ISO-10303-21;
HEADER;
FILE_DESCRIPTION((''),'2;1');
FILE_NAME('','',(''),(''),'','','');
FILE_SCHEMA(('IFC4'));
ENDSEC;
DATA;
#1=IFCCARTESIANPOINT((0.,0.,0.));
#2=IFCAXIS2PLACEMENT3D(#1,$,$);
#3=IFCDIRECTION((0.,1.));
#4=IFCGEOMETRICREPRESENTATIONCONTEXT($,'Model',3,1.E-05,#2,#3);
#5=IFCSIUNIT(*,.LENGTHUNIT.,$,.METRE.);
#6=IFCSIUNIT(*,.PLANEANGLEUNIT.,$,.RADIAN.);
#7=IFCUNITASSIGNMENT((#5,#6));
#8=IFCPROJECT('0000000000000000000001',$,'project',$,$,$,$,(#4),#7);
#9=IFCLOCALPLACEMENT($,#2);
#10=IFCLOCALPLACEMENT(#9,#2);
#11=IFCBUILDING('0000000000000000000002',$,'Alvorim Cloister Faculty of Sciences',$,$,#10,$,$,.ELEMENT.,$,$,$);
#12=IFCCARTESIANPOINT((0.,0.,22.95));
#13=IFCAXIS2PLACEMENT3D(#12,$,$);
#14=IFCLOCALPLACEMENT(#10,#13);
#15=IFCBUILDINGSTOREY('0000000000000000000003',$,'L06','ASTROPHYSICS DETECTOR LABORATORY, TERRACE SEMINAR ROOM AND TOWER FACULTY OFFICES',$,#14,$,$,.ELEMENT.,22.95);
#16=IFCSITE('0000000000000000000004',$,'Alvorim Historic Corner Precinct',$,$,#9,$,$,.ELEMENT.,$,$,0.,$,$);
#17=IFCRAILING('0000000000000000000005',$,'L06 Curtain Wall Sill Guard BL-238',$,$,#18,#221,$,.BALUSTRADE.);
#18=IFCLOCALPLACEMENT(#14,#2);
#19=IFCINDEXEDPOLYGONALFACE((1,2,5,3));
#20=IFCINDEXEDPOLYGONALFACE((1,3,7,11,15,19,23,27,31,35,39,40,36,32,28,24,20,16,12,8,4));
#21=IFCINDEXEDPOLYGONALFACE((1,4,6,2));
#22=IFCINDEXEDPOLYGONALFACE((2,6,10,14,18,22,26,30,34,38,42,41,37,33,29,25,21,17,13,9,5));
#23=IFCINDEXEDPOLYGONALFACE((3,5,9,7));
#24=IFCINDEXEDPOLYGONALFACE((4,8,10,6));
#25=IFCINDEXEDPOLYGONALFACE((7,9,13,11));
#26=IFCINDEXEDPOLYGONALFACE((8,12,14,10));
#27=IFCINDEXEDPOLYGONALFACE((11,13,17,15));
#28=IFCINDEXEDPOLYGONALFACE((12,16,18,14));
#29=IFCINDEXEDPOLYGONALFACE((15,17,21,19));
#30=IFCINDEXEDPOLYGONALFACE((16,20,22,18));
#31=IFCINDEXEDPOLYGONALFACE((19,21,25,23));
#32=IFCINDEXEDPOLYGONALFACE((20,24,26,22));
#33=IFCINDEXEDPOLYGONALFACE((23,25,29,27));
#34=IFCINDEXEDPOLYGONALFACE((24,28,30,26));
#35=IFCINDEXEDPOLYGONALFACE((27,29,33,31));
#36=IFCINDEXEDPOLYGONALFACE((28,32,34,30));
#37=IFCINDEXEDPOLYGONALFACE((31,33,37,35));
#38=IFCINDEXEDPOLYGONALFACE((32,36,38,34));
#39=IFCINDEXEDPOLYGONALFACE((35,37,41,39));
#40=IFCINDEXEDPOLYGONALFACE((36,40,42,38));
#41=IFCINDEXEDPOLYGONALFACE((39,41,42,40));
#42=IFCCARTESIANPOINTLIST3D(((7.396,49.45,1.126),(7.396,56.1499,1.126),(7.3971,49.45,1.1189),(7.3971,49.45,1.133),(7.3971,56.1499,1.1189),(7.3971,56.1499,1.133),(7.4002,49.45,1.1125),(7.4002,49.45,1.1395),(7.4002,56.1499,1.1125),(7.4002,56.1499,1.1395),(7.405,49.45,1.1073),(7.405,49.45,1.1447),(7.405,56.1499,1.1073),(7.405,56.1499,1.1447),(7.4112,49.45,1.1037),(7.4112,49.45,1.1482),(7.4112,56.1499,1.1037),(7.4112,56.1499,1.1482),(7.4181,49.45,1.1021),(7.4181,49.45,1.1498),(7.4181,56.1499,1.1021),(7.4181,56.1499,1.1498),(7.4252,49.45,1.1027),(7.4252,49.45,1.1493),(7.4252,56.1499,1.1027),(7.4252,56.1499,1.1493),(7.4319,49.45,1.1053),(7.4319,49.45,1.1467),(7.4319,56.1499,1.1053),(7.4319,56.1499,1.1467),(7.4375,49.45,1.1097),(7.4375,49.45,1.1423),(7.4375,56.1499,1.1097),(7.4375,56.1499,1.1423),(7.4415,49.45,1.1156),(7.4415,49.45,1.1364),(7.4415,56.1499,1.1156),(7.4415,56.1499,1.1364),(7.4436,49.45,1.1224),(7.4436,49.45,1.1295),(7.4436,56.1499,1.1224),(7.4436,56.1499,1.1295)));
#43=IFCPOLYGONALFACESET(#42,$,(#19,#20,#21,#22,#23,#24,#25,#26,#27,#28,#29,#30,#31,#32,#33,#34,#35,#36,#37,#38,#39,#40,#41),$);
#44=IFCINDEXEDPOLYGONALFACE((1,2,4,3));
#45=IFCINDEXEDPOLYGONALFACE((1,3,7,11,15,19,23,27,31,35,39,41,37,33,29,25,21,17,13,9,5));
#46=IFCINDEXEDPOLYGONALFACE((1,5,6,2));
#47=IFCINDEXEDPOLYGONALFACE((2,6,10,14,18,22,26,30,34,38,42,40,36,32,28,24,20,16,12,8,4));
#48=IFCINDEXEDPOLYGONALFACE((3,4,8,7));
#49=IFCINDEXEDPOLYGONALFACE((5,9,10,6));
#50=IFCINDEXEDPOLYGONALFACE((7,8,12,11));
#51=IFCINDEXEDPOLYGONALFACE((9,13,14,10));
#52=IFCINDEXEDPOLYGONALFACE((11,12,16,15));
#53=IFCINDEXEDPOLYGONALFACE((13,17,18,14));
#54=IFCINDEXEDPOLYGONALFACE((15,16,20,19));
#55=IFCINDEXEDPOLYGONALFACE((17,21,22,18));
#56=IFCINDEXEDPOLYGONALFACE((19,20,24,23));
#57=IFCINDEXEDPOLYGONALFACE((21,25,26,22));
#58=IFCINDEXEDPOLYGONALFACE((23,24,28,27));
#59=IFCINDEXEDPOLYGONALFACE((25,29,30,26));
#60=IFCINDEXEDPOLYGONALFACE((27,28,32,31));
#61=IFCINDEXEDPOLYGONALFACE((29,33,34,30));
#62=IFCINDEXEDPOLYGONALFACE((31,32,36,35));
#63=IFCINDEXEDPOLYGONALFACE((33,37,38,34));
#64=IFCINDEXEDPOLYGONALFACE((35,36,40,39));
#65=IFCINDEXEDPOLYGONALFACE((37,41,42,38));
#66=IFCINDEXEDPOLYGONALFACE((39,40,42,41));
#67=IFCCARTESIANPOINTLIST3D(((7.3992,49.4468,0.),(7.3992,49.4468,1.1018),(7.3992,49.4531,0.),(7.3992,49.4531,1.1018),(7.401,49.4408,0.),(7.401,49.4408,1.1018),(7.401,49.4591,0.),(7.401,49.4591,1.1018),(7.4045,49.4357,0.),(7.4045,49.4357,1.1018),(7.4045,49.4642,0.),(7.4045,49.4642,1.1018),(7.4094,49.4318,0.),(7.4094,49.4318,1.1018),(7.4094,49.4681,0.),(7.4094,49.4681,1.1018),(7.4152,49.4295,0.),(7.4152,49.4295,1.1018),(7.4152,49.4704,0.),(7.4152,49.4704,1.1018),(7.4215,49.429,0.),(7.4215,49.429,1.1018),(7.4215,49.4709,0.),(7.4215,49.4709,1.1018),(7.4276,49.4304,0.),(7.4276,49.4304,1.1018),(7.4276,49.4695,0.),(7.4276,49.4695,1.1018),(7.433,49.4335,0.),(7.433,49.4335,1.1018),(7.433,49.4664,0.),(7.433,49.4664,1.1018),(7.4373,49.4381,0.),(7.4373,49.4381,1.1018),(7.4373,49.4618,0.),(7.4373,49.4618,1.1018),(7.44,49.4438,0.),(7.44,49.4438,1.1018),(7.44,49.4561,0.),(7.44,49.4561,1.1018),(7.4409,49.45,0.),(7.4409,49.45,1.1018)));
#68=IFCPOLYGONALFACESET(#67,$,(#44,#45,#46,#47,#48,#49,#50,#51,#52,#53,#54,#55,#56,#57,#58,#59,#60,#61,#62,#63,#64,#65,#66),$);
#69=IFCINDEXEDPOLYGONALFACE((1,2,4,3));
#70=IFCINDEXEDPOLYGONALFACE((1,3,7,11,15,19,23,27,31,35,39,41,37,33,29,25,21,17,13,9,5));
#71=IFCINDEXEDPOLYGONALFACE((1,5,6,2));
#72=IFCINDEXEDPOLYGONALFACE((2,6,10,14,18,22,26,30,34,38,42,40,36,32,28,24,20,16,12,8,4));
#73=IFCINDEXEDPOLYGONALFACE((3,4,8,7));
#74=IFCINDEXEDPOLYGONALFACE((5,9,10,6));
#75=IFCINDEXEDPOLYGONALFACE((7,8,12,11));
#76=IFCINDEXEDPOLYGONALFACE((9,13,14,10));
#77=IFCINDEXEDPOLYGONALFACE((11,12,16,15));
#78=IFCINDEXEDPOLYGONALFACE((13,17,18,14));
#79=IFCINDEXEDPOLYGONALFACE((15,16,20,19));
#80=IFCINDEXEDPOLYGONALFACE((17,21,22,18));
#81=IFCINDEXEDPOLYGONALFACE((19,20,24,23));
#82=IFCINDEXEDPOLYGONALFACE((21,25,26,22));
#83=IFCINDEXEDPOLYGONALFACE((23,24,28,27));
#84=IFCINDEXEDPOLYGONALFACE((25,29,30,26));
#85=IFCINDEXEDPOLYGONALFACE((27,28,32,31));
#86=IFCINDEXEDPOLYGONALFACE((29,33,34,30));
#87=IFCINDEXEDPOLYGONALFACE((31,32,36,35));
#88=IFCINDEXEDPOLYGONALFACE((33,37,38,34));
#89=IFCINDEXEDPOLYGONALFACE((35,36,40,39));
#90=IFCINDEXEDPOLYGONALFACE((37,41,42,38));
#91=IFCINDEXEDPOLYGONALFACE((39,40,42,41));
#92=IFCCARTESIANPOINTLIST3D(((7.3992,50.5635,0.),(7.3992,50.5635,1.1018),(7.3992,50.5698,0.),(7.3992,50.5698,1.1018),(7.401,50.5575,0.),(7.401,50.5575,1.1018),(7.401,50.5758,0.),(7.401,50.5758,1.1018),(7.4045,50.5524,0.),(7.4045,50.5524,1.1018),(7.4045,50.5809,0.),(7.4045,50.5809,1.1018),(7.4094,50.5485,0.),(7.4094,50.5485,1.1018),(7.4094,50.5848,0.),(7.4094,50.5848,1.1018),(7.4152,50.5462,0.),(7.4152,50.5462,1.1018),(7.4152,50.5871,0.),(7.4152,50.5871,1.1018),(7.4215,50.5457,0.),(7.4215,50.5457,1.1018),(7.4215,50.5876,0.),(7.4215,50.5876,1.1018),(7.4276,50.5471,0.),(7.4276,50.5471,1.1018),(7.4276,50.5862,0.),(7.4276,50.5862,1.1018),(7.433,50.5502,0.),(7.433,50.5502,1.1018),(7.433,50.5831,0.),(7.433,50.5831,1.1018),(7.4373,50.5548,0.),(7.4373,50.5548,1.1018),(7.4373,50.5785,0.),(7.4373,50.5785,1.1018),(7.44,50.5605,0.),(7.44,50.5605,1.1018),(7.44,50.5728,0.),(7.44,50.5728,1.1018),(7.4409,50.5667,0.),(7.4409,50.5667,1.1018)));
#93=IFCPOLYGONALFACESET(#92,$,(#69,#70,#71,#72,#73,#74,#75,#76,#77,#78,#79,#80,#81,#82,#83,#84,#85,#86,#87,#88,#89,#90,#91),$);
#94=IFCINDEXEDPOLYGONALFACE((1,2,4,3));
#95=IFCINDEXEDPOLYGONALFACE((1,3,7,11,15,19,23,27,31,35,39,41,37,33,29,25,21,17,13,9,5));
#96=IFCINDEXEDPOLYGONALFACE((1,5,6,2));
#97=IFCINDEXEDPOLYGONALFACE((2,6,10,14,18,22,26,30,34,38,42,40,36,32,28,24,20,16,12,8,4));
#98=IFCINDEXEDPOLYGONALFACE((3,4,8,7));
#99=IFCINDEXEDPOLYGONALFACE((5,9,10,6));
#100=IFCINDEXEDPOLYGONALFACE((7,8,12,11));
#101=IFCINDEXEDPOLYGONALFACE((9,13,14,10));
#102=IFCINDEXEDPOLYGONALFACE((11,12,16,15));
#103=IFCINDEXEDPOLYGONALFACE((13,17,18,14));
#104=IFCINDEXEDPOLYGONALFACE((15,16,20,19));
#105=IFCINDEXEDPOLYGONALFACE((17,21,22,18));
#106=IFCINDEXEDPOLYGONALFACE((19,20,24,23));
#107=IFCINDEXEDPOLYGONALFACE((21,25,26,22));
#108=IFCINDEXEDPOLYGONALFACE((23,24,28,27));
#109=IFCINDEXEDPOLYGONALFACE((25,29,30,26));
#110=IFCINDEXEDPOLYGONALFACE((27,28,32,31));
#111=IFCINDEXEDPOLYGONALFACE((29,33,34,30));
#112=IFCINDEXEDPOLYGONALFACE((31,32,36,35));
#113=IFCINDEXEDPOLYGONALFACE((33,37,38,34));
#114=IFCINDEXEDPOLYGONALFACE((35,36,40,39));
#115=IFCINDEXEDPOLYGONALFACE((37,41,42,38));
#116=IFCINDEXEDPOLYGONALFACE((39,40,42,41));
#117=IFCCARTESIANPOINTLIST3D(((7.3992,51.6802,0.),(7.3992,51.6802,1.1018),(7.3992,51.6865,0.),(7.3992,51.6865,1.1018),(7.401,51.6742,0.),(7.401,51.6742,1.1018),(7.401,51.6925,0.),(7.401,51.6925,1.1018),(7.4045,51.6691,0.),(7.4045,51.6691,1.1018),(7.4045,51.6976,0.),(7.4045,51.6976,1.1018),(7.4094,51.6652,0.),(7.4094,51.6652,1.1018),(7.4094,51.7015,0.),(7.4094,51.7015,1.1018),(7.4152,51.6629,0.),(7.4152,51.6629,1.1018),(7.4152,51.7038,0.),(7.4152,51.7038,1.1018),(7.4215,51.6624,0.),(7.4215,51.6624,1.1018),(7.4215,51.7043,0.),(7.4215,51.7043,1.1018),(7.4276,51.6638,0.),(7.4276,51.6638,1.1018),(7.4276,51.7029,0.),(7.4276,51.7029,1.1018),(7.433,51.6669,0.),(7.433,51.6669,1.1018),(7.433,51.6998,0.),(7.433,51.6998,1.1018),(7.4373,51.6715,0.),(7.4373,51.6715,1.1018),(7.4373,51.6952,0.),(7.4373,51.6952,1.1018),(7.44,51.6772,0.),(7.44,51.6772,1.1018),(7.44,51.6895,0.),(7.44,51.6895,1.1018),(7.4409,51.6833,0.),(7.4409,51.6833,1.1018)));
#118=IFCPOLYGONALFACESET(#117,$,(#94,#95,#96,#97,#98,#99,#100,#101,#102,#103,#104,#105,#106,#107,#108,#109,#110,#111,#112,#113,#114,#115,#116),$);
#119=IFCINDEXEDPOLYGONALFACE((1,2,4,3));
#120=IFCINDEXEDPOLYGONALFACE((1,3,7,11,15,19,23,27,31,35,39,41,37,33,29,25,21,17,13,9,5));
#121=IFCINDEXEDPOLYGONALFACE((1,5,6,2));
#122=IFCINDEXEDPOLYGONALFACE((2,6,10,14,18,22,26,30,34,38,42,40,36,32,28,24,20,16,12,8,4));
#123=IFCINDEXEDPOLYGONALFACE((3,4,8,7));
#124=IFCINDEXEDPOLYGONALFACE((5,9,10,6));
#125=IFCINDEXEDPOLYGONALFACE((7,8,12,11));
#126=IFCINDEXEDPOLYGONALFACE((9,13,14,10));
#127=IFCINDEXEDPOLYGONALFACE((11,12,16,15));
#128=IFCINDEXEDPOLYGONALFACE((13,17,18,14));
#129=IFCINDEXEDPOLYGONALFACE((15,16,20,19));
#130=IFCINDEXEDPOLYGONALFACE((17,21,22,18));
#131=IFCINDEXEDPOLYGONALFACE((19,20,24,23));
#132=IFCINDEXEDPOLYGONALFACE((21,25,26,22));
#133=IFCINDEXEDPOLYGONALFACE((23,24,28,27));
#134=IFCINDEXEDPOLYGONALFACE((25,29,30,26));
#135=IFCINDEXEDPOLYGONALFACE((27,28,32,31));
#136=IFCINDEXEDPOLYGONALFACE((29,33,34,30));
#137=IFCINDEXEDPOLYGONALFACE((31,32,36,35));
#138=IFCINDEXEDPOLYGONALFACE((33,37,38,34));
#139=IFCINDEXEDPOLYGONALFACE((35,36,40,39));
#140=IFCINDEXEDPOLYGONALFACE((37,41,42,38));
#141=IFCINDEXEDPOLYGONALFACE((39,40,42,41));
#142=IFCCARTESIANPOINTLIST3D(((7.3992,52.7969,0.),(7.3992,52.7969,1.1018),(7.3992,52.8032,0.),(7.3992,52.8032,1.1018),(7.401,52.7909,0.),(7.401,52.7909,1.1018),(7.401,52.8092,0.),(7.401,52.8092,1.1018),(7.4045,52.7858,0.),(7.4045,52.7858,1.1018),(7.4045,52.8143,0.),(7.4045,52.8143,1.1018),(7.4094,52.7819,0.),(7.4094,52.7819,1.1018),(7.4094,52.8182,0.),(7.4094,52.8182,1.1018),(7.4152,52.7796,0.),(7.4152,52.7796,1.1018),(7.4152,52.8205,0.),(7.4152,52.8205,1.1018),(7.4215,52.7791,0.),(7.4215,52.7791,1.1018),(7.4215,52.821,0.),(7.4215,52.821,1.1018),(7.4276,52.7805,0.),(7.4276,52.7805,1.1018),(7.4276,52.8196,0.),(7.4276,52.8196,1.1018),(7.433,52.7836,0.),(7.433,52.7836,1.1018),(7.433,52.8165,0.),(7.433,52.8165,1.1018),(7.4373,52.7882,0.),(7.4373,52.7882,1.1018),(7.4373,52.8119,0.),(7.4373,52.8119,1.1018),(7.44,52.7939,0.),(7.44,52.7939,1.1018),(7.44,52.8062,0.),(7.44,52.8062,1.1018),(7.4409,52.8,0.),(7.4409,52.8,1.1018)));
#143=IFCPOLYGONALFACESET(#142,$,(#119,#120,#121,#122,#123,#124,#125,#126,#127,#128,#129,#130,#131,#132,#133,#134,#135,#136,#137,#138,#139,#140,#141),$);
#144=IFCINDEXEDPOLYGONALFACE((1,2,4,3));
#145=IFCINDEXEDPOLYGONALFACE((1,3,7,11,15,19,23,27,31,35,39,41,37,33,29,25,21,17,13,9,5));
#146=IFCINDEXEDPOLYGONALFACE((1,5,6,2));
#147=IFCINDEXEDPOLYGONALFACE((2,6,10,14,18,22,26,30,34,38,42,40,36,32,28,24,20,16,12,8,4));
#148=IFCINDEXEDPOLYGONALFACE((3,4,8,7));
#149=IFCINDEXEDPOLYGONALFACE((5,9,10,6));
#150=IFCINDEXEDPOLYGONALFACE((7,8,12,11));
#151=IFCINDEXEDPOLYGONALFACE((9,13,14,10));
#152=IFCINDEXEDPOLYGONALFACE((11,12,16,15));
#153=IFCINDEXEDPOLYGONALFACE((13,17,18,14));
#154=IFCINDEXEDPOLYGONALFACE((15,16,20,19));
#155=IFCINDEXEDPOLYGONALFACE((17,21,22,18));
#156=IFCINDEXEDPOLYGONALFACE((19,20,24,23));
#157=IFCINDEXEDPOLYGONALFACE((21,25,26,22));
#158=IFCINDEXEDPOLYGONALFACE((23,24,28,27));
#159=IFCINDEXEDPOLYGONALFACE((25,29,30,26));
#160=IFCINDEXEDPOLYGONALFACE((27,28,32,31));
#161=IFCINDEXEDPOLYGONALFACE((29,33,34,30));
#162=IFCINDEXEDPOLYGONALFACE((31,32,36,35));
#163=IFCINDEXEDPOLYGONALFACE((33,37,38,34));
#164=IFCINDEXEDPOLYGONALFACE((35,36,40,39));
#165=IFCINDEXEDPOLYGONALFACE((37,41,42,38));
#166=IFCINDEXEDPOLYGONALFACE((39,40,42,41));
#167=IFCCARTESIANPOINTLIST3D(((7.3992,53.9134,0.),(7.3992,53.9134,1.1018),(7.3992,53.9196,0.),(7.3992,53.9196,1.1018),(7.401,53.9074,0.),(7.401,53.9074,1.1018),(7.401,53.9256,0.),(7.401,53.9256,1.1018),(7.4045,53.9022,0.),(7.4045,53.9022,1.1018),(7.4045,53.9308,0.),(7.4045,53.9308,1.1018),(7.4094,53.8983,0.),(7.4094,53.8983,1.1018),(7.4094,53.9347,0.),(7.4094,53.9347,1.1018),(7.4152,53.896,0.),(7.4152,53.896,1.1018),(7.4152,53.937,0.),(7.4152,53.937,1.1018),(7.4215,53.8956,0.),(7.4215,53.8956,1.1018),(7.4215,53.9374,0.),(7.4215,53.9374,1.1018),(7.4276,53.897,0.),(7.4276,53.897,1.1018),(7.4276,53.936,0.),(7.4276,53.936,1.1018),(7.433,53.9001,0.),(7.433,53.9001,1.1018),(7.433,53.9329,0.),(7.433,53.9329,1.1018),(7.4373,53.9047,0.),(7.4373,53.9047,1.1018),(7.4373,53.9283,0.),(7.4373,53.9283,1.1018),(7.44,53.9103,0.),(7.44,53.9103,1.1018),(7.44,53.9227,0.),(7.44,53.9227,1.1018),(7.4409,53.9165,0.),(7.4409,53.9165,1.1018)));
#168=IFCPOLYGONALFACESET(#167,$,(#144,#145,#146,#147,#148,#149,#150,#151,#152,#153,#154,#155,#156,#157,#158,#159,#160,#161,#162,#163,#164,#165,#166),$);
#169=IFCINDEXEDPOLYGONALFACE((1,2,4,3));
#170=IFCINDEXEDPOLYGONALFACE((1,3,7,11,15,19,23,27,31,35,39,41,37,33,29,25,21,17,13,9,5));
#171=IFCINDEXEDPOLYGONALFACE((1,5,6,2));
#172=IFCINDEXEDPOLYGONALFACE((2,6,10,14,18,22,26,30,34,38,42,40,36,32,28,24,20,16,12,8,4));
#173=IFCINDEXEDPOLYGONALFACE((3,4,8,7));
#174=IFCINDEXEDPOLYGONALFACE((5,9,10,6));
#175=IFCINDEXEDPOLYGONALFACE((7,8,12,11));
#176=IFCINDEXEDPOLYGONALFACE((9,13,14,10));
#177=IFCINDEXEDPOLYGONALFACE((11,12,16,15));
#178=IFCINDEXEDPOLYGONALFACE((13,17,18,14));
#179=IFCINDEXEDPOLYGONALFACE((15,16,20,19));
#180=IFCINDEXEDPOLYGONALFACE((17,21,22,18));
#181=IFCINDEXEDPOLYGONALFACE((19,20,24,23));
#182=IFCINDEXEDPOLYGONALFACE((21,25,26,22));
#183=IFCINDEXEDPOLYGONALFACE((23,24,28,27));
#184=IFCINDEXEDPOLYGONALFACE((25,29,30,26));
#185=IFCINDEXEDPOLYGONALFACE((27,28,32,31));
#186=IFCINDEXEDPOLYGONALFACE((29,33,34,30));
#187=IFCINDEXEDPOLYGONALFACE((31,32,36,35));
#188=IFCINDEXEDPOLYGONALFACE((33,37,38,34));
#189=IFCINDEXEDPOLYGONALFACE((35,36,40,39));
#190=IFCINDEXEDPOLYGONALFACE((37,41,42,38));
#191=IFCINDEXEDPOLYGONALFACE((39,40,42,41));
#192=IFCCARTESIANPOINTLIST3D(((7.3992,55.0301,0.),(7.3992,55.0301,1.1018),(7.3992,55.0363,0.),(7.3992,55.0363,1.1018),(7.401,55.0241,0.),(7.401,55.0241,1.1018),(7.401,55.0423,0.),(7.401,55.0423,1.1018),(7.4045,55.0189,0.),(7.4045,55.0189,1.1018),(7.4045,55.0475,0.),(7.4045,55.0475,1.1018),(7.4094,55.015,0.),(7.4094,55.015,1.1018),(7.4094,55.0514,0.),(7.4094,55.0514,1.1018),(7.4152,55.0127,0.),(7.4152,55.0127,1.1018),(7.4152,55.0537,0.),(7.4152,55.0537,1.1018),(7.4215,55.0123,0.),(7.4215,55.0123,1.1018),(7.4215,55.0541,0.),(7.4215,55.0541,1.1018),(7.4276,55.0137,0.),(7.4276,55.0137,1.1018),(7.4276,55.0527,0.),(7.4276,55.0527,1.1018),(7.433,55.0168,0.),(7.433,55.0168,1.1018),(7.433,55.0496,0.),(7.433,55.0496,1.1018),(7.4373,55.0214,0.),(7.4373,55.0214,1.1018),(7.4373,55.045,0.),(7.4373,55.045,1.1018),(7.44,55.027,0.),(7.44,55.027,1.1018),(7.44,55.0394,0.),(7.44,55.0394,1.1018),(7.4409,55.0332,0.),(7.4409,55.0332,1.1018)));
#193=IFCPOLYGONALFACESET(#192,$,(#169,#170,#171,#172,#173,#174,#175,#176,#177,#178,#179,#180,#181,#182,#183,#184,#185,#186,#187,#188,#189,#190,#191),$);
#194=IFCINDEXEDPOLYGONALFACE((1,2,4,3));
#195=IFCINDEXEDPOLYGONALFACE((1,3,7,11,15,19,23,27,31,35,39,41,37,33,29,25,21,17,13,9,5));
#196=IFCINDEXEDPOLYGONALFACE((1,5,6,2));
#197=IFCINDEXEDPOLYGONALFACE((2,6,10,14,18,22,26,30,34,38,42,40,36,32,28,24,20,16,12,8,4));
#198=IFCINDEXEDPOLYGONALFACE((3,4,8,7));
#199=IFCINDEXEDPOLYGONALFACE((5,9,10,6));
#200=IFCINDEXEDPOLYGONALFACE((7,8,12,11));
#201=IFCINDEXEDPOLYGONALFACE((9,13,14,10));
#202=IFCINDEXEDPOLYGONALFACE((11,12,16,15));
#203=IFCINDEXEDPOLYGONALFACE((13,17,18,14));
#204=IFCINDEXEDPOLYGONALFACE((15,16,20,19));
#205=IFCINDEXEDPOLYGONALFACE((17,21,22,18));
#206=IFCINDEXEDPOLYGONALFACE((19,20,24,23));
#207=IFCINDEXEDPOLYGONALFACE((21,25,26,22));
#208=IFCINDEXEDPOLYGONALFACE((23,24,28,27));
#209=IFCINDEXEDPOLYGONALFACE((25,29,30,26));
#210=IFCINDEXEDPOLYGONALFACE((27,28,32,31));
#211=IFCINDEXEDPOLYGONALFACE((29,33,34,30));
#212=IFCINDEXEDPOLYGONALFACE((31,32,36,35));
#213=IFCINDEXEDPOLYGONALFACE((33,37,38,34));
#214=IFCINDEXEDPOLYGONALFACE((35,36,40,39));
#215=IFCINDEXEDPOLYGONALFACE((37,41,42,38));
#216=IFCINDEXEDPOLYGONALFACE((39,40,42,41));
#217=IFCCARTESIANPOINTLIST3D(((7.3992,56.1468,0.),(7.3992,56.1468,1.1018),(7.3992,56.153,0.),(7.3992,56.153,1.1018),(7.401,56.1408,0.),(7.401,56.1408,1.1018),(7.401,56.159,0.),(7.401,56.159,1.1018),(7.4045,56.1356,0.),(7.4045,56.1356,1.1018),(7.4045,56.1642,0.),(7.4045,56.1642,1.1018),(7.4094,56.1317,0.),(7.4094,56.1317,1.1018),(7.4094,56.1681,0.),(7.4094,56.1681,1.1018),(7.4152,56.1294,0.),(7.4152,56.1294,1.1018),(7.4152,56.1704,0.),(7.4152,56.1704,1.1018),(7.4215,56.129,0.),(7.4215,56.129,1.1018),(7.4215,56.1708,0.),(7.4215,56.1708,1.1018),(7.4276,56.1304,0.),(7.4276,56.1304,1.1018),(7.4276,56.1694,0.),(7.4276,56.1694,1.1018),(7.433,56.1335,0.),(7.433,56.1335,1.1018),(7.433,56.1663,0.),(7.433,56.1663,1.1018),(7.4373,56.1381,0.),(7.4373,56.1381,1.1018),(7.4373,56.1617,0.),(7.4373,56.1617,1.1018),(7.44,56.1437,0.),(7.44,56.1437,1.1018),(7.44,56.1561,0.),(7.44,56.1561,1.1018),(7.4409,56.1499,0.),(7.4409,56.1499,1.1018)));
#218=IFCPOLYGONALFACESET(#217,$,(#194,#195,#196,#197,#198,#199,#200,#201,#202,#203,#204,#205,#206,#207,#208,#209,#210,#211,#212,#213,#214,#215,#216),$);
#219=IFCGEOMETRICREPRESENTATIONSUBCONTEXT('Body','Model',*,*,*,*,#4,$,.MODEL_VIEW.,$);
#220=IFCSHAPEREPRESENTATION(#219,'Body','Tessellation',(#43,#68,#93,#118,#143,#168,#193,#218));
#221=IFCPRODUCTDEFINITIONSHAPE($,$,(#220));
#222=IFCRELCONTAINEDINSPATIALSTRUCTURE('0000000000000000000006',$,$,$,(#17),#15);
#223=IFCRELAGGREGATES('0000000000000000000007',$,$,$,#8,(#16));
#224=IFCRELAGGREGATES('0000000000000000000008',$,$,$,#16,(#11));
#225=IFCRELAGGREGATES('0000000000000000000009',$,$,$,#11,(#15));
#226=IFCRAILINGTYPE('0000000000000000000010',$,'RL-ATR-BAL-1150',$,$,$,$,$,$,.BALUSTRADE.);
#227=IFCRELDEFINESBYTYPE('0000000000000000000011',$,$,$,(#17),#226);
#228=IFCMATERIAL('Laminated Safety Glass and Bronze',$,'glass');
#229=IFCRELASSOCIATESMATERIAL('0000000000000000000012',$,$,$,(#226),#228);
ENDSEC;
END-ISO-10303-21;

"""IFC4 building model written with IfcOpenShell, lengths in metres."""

from ifc_helpers import new_model, si_unit, direction, frame, origin, origin_2d, place, context, subcontext, project, spatial, circle, extrude, material, type_object, element, save


model = new_model("IFC4")

# Units and contexts
model_context = context("Model", 3, precision=1e-05, world=origin(), true_north=direction((0.0, 1.0)))
body_context = subcontext(model_context, "Body", "Model", "MODEL_VIEW")
ifc_project = project(units=[si_unit("LENGTHUNIT", "METRE"), si_unit("PLANEANGLEUNIT", "RADIAN")], contexts=[model_context])

# Site, building, storey
site_placement = place(None, origin())
site = spatial("IfcSite", under=ifc_project, at=site_placement, Name="Alvorim Historic Corner Precinct", CompositionType="ELEMENT", RefElevation=0.0)
building_placement = place(site_placement, origin())
building = spatial("IfcBuilding", under=site, at=building_placement, Name="Alvorim Cloister Faculty of Sciences", CompositionType="ELEMENT")
storey_placement = place(building_placement, frame((0.0, 0.0, 22.95)))
storey = spatial("IfcBuildingStorey", under=building, at=storey_placement, Name="L06", Description="ASTROPHYSICS DETECTOR LABORATORY, TERRACE SEMINAR ROOM AND TOWER FACULTY OFFICES", CompositionType="ELEMENT", Elevation=22.95)

# Railing
ifc_material_1 = material(Name="Laminated Safety Glass and Bronze", Category="glass")
railing_type = type_object("IfcRailingType", Name="RL-ATR-BAL-1150", PredefinedType="BALUSTRADE", material=ifc_material_1)
railing_1_placement = place(storey_placement, frame((7.4199, 49.45, 0.0)))
element("IfcRailing", 1, at=railing_1_placement, inside=storey, type_object=railing_type, Name="L06 Curtain Wall Sill Guard BL-238", PredefinedType="BALUSTRADE", context=body_context, shape_type="SweptSolid", body=[
    extrude(circle(Radius=0.0239, at=origin_2d()), frame((0.0, 0.0, 1.126), z_axis=(0.0, 1.0, 0.0), x_axis=(-1.0, 0.0, 0.0)), (0.0, 0.0, 1.0), 6.7),
    extrude(circle(Radius=0.021, at=origin_2d()), origin(), (0.0, 0.0, 1.0), 1.1018),
    extrude(circle(Radius=0.021, at=origin_2d()), frame((0.0, 1.1167, 0.0)), (0.0, 0.0, 1.0), 1.1018),
    extrude(circle(Radius=0.021, at=origin_2d()), frame((0.0, 2.2334, 0.0)), (0.0, 0.0, 1.0), 1.1018),
    extrude(circle(Radius=0.021, at=origin_2d()), frame((0.0, 3.3501, 0.0)), (0.0, 0.0, 1.0), 1.1018),
    extrude(circle(Radius=0.021, at=origin_2d()), frame((0.0, 4.4666, 0.0)), (0.0, 0.0, 1.0), 1.1018),
    extrude(circle(Radius=0.021, at=origin_2d()), frame((0.0, 5.5833, 0.0)), (0.0, 0.0, 1.0), 1.1018),
    extrude(circle(Radius=0.021, at=origin_2d()), frame((0.0, 6.7, 0.0)), (0.0, 0.0, 1.0), 1.1018),
])

save(model, "model.ifc")
